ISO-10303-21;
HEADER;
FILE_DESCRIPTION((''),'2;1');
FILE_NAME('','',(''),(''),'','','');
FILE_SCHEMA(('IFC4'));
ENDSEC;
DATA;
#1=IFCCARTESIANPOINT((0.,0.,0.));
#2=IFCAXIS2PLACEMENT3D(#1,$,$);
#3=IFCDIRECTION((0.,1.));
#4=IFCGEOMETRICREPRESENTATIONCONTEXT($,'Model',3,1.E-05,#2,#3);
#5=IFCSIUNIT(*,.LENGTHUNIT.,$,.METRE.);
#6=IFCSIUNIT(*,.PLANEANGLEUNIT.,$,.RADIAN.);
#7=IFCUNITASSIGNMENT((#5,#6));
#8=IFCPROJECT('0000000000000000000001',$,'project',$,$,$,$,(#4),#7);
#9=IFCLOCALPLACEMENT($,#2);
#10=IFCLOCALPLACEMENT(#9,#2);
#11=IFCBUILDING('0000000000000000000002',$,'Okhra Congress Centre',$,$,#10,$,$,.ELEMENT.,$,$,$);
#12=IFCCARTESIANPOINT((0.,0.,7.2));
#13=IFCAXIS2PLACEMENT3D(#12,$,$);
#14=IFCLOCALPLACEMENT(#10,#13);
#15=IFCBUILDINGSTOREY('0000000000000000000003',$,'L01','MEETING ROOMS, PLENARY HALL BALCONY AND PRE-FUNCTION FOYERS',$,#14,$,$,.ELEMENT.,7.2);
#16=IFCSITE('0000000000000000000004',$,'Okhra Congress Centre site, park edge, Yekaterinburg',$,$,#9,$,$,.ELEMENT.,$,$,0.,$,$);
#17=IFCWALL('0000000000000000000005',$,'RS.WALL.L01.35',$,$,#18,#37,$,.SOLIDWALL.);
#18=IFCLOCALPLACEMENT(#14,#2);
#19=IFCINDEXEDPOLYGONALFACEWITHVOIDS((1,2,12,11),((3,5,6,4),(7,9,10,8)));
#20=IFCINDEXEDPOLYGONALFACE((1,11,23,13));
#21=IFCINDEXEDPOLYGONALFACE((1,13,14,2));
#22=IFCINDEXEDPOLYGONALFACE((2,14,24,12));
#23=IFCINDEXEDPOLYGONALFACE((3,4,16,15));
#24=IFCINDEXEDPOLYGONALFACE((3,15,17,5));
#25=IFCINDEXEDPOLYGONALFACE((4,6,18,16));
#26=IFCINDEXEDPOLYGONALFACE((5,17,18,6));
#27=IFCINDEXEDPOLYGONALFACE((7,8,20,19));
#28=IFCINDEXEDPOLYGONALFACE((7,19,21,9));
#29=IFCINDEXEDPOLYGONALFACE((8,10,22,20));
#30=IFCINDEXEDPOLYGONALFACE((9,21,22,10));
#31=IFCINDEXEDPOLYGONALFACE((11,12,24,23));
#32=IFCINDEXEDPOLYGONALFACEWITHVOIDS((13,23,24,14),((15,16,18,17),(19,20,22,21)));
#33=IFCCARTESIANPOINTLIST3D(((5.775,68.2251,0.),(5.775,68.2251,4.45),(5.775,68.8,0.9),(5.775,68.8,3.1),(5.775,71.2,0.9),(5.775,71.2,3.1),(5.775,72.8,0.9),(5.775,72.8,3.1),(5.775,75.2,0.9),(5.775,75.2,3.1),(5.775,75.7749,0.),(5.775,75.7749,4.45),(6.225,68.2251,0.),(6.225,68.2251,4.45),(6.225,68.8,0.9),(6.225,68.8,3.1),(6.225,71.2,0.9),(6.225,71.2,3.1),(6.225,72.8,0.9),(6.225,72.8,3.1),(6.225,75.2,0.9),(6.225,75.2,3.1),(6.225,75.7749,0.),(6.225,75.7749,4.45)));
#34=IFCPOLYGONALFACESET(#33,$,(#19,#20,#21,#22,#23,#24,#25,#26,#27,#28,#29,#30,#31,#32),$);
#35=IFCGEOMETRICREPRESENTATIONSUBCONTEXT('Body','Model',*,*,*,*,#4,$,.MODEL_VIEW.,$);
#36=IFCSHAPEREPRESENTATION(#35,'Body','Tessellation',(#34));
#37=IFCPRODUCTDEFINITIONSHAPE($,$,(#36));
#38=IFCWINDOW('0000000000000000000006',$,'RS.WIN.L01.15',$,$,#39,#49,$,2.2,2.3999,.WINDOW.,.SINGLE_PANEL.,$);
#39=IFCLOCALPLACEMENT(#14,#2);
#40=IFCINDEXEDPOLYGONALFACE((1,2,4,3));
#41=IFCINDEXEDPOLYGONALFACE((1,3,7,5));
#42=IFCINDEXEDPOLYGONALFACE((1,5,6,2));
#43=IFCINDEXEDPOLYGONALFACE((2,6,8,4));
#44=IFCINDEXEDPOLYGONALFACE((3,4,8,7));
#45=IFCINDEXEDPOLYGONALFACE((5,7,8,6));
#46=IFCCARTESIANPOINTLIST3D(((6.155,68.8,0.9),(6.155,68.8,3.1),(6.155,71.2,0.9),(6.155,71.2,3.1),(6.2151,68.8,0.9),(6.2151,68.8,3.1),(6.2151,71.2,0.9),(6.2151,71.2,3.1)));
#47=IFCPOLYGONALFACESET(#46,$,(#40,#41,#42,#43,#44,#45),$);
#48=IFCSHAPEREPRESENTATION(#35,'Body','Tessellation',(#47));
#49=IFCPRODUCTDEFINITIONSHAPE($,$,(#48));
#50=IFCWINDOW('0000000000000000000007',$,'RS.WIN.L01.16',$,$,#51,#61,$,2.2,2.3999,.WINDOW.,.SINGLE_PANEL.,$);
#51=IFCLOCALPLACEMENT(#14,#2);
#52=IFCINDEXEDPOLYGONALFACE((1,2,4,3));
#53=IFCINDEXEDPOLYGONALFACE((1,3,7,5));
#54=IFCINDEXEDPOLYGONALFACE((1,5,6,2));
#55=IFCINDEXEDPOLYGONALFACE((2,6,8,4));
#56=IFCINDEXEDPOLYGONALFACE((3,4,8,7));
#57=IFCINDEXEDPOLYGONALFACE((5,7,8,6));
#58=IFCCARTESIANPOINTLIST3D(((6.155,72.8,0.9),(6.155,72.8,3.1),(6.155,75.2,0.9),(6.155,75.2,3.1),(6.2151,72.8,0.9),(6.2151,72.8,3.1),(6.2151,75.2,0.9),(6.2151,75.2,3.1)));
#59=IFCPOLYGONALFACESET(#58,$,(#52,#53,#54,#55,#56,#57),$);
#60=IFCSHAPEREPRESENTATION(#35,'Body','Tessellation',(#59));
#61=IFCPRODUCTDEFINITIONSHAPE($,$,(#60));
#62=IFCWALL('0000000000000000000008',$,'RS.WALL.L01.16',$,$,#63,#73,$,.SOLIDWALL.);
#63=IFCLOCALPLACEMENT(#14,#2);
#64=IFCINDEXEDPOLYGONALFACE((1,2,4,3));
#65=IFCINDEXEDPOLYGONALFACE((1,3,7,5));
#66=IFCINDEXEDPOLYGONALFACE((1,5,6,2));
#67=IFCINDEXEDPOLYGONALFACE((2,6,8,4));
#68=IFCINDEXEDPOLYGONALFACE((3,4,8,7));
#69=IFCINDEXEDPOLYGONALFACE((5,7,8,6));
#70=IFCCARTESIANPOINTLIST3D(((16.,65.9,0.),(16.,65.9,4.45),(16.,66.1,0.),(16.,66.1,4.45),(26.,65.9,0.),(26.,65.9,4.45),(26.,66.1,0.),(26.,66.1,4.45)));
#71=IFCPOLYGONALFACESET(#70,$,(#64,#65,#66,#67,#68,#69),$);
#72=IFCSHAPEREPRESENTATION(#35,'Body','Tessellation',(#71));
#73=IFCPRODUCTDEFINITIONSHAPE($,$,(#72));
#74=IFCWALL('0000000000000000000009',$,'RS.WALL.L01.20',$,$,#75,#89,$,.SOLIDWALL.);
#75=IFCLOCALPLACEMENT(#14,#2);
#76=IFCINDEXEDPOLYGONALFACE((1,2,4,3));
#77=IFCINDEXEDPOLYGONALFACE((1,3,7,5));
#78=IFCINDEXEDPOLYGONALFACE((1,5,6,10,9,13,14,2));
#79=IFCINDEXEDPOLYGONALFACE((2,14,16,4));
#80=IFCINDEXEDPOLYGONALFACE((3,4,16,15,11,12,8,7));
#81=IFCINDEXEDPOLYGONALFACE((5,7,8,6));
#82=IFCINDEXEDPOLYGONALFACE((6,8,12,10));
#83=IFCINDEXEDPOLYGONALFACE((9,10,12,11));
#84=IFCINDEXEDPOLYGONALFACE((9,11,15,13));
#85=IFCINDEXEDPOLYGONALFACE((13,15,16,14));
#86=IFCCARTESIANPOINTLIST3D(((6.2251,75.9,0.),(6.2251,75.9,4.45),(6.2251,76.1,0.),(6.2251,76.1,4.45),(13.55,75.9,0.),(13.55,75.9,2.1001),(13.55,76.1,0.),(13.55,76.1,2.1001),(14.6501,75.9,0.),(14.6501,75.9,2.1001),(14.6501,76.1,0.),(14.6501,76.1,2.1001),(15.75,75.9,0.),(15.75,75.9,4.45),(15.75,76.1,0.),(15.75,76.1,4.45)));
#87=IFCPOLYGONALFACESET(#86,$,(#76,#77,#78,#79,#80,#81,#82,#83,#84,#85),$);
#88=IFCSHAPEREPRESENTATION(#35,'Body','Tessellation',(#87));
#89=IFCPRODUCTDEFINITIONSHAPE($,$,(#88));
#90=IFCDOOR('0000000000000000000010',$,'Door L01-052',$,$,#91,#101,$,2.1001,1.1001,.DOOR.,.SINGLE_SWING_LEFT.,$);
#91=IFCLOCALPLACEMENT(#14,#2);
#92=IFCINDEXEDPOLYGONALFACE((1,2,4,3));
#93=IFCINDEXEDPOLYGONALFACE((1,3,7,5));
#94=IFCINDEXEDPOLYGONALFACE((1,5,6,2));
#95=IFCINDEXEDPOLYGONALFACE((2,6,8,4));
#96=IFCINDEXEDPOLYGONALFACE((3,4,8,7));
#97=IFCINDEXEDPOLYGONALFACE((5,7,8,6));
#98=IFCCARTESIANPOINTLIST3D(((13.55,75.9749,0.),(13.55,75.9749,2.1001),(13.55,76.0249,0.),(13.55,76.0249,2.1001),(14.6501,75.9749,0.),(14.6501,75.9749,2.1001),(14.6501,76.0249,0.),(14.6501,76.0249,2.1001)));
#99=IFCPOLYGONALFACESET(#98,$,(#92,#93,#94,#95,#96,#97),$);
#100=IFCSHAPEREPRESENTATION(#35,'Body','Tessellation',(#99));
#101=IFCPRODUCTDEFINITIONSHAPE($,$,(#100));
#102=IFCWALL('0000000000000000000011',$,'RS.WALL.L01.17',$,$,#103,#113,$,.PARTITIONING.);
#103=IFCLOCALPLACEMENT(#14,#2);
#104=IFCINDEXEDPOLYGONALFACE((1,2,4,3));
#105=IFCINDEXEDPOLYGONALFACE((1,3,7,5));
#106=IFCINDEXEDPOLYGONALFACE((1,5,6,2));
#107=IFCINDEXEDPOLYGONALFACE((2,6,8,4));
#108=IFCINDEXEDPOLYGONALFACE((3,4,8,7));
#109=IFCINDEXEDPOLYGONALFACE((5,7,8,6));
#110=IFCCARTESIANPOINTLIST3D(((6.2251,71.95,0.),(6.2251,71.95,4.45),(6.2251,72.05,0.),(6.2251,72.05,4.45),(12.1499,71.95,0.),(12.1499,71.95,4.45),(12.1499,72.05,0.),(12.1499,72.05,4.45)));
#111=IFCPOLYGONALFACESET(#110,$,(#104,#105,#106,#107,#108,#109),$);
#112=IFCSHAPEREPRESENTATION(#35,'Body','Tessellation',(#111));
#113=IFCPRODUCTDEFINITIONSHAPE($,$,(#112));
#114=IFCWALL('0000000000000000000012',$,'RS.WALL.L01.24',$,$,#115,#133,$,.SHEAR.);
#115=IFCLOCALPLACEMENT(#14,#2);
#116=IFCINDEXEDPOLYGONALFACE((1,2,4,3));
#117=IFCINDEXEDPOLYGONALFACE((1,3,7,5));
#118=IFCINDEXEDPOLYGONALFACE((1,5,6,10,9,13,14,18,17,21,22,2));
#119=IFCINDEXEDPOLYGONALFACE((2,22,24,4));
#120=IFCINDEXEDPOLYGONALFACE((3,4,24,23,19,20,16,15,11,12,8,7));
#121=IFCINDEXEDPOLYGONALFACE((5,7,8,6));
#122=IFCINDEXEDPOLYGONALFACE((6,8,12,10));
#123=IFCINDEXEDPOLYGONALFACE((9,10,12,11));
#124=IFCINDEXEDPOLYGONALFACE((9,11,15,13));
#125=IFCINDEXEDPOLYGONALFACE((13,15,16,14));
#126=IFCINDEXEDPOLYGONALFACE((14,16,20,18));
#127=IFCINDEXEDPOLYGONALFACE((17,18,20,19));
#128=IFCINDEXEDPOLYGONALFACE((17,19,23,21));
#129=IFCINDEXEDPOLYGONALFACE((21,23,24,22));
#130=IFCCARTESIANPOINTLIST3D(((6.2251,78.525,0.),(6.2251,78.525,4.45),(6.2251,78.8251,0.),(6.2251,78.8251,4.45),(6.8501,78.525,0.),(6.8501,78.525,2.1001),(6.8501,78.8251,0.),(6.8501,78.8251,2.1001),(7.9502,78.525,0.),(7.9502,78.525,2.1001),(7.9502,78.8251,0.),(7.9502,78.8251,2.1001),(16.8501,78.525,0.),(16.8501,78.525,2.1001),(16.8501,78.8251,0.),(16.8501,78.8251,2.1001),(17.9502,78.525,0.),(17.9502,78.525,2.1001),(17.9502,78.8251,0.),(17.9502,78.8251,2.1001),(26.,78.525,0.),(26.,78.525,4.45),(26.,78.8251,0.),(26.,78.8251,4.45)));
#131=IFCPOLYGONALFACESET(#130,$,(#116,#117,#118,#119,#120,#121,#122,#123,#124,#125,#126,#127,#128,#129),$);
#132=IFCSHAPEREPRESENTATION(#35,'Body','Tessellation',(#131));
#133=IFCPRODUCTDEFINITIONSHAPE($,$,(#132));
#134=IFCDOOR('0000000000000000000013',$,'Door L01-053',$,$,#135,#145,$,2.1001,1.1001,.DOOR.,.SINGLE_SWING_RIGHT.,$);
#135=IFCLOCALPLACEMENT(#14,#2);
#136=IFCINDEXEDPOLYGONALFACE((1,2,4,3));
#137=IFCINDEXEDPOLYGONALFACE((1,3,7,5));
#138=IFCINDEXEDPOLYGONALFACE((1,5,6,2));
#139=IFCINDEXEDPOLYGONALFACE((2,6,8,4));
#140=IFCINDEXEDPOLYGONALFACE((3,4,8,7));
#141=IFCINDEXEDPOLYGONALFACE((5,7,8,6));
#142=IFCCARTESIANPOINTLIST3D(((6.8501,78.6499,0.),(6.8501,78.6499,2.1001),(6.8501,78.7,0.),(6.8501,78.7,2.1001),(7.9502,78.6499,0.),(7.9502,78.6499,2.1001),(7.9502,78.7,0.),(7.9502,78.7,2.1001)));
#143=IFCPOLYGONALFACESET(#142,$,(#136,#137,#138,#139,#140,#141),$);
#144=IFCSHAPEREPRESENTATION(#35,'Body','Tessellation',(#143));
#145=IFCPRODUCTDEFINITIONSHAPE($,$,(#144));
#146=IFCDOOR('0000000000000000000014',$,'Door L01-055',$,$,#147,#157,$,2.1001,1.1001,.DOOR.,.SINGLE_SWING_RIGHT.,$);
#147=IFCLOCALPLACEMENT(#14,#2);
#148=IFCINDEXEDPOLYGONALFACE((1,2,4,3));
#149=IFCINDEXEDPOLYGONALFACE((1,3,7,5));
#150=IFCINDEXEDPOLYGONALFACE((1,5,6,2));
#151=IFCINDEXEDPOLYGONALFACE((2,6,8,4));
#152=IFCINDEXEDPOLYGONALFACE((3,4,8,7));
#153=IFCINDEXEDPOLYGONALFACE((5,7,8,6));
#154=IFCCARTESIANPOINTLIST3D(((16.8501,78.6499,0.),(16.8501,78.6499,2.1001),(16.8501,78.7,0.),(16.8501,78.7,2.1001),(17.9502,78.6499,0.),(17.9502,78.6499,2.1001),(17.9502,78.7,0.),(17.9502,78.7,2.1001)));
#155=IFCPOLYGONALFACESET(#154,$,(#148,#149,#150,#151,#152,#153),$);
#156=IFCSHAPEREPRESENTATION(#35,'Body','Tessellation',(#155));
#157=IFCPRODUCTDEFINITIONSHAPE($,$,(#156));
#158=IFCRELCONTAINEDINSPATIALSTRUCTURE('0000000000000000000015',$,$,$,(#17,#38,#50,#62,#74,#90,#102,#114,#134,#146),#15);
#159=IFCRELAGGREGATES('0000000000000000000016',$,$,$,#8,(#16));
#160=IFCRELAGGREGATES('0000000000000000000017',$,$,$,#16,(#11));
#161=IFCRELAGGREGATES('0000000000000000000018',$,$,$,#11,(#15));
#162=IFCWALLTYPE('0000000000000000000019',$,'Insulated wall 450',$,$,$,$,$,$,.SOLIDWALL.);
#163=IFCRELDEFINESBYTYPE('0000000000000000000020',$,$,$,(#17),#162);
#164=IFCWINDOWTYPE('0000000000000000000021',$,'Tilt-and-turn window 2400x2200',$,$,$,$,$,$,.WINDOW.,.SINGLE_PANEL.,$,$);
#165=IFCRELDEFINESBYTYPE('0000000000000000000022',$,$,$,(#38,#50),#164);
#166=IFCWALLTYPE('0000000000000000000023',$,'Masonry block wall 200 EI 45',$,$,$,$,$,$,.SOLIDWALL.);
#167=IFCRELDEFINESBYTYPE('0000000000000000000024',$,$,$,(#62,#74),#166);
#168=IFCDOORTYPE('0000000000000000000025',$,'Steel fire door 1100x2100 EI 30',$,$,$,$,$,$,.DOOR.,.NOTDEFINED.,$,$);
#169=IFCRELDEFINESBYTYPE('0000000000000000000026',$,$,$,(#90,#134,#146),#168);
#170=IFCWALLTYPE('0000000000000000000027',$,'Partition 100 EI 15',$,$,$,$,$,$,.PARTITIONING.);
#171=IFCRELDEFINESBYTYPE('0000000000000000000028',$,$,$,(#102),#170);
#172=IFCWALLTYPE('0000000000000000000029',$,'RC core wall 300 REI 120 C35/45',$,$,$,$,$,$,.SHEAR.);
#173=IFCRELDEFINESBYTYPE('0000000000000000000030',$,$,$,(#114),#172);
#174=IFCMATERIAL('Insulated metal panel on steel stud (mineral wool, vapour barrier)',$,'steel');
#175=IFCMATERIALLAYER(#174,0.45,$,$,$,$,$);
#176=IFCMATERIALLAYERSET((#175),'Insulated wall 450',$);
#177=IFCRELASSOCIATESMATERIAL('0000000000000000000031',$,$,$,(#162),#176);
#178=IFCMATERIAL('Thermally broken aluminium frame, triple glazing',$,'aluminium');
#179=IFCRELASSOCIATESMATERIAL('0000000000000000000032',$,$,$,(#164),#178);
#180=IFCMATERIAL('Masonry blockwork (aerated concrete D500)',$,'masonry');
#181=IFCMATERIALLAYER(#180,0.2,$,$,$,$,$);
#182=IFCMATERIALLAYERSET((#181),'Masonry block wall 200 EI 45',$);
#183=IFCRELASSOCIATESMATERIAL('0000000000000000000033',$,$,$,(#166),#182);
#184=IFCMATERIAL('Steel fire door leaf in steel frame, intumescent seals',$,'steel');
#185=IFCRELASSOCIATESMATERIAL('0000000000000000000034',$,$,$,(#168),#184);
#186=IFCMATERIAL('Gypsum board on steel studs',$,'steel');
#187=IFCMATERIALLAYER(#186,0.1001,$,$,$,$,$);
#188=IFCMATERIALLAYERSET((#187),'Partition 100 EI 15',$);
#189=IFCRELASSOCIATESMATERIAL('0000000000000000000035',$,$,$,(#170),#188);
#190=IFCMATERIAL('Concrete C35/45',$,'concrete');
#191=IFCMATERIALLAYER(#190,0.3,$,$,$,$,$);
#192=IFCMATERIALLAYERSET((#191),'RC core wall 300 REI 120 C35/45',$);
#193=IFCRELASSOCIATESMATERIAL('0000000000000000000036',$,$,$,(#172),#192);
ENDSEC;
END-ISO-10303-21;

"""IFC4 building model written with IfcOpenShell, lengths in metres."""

from ifc_helpers import new_model, si_unit, direction, frame, frame_2d, origin, place, context, subcontext, project, spatial, rectangle, extrude, material, layer, layer_set, type_object, element, fill, save


model = new_model("IFC4")

# Units and contexts
model_context = context("Model", 3, precision=1e-05, world=origin(), true_north=direction((0.0, 1.0)))
body_context = subcontext(model_context, "Body", "Model", "MODEL_VIEW")
ifc_project = project(units=[si_unit("LENGTHUNIT", "METRE"), si_unit("PLANEANGLEUNIT", "RADIAN")], contexts=[model_context])

# Site, building, storey
site_placement = place(None, origin())
site = spatial("IfcSite", under=ifc_project, at=site_placement, Name="Okhra Congress Centre site, park edge, Yekaterinburg", CompositionType="ELEMENT", RefElevation=0.0)
building_placement = place(site_placement, origin())
building = spatial("IfcBuilding", under=site, at=building_placement, Name="Okhra Congress Centre", CompositionType="ELEMENT")
storey_placement = place(building_placement, frame((0.0, 0.0, 7.2)))
storey = spatial("IfcBuildingStorey", under=building, at=storey_placement, Name="L01", Description="MEETING ROOMS, PLENARY HALL BALCONY AND PRE-FUNCTION FOYERS", CompositionType="ELEMENT", Elevation=7.2)

# Shared definitions
ifc_material_1 = material(Name="Concrete C35/45", Category="concrete")

# Shared definitions
ifc_material_2 = material(Name="Insulated metal panel on steel stud (mineral wool, vapour barrier)", Category="steel")
ifc_layer_1 = layer(ifc_material_2, 0.45)
ifc_layer_set_1 = layer_set([ifc_layer_1], Name="Insulated wall 450")
wall_type_1 = type_object("IfcWallType", Name="Insulated wall 450", PredefinedType="SOLIDWALL", material=ifc_layer_set_1)
ifc_material_3 = material(Name="Thermally broken aluminium frame, triple glazing", Category="aluminium")
window_type = type_object("IfcWindowType", Name="Tilt-and-turn window 2400x2200", PartitioningType="SINGLE_PANEL", PredefinedType="WINDOW", material=ifc_material_3)

# Wall, openings, windows
wall_1_placement = place(storey_placement, frame((6.0, 75.7749, 0.0), z_axis=(0.0, 0.0, 1.0), x_axis=(0.0, -1.0, 0.0)))
wall_1 = element("IfcWall", 1, at=wall_1_placement, inside=storey, type_object=wall_type_1, Name="RS.WALL.L01.35", PredefinedType="SOLIDWALL", context=body_context, shape_type="SweptSolid", body=[
    extrude(rectangle(XDim=7.5498, YDim=0.45, at=frame_2d((3.7749, 0.0))), origin(), (0.0, 0.0, 1.0), 4.45),
])
opening_1_placement = place(wall_1_placement, frame((4.575, 0.0, 0.8999)))
opening_1 = element("IfcOpeningElement", 2, at=opening_1_placement, cuts=wall_1, PredefinedType="OPENING", context=body_context, shape_type="SweptSolid", body=[
    extrude(rectangle(XDim=2.3999, YDim=2.2, at=frame_2d((1.2, 1.1001))), frame((0.0, 0.2349, 0.0), z_axis=(0.0, -1.0, 0.0), x_axis=(1.0, 0.0, 0.0)), (0.0, 0.0, 1.0), 0.47),
])
opening_2_placement = place(wall_1_placement, frame((0.575, 0.0, 0.8999)))
opening_2 = element("IfcOpeningElement", 3, at=opening_2_placement, cuts=wall_1, PredefinedType="OPENING", context=body_context, shape_type="SweptSolid", body=[
    extrude(rectangle(XDim=2.3999, YDim=2.2, at=frame_2d((1.2, 1.1001))), frame((0.0, 0.2349, 0.0), z_axis=(0.0, -1.0, 0.0), x_axis=(1.0, 0.0, 0.0)), (0.0, 0.0, 1.0), 0.47),
])
window_1_placement = place(opening_1_placement, origin())
window_1 = element("IfcWindow", 4, at=window_1_placement, inside=storey, type_object=window_type, Name="RS.WIN.L01.15", OverallHeight=2.2, OverallWidth=2.3999, PartitioningType="SINGLE_PANEL", PredefinedType="WINDOW", context=body_context, shape_type="SweptSolid", body=[
    extrude(rectangle(XDim=2.3999, YDim=2.2, at=frame_2d((1.2, 1.1001))), frame((0.0, 0.2151, 0.0), z_axis=(0.0, -1.0, 0.0), x_axis=(1.0, 0.0, 0.0)), (0.0, 0.0, 1.0), 0.0601),
])
fill(opening_1, window_1)
window_2_placement = place(opening_2_placement, origin())
window_2 = element("IfcWindow", 5, at=window_2_placement, inside=storey, type_object=window_type, Name="RS.WIN.L01.16", OverallHeight=2.2, OverallWidth=2.3999, PartitioningType="SINGLE_PANEL", PredefinedType="WINDOW", context=body_context, shape_type="SweptSolid", body=[
    extrude(rectangle(XDim=2.3999, YDim=2.2, at=frame_2d((1.2, 1.1001))), frame((0.0, 0.2151, 0.0), z_axis=(0.0, -1.0, 0.0), x_axis=(1.0, 0.0, 0.0)), (0.0, 0.0, 1.0), 0.0601),
])
fill(opening_2, window_2)

# Wall
ifc_material_4 = material(Name="Masonry blockwork (aerated concrete D500)", Category="masonry")
ifc_layer_2 = layer(ifc_material_4, 0.2)
ifc_layer_set_2 = layer_set([ifc_layer_2], Name="Masonry block wall 200 EI 45")
wall_type_2 = type_object("IfcWallType", Name="Masonry block wall 200 EI 45", PredefinedType="SOLIDWALL", material=ifc_layer_set_2)
wall_2_placement = place(storey_placement, frame((16.0, 66.0, 0.0), z_axis=(0.0, 0.0, 1.0), x_axis=(1.0, 0.0, 0.0)))
element("IfcWall", 6, at=wall_2_placement, inside=storey, type_object=wall_type_2, Name="RS.WALL.L01.16", PredefinedType="SOLIDWALL", context=body_context, shape_type="SweptSolid", body=[
    extrude(rectangle(XDim=10.0, YDim=0.2, at=frame_2d((5.0, 0.0))), origin(), (0.0, 0.0, 1.0), 4.45),
])

# Wall, opening, door
wall_3_placement = place(storey_placement, frame((6.2251, 76.0, 0.0), z_axis=(0.0, 0.0, 1.0), x_axis=(1.0, 0.0, 0.0)))
wall_3 = element("IfcWall", 7, at=wall_3_placement, inside=storey, type_object=wall_type_2, Name="RS.WALL.L01.20", PredefinedType="SOLIDWALL", context=body_context, shape_type="SweptSolid", body=[
    extrude(rectangle(XDim=9.5249, YDim=0.2, at=frame_2d((4.7625, 0.0))), origin(), (0.0, 0.0, 1.0), 4.45),
])
opening_3_placement = place(wall_3_placement, frame((7.325, 0.0, 0.0)))
opening_3 = element("IfcOpeningElement", 8, at=opening_3_placement, cuts=wall_3, PredefinedType="OPENING", context=body_context, shape_type="SweptSolid", body=[
    extrude(rectangle(XDim=1.1001, YDim=2.1001, at=frame_2d((0.55, 1.05))), frame((0.0, 0.1099, 0.0), z_axis=(0.0, -1.0, 0.0), x_axis=(1.0, 0.0, 0.0)), (0.0, 0.0, 1.0), 0.22),
])
ifc_material_5 = material(Name="Steel fire door leaf in steel frame, intumescent seals", Category="steel")
door_type = type_object("IfcDoorType", Name="Steel fire door 1100x2100 EI 30", OperationType="NOTDEFINED", PredefinedType="DOOR", material=ifc_material_5)
door_1_placement = place(opening_3_placement, origin())
door_1 = element("IfcDoor", 9, at=door_1_placement, inside=storey, type_object=door_type, Name="Door L01-052", OperationType="SINGLE_SWING_LEFT", OverallHeight=2.1001, OverallWidth=1.1001, PredefinedType="DOOR", context=body_context, shape_type="SweptSolid", body=[
    extrude(rectangle(XDim=1.1001, YDim=2.1001, at=frame_2d((0.55, 1.05))), frame((0.0, 0.0249, 0.0), z_axis=(0.0, -1.0, 0.0), x_axis=(1.0, 0.0, 0.0)), (0.0, 0.0, 1.0), 0.05),
])
fill(opening_3, door_1)

# Wall
ifc_material_6 = material(Name="Gypsum board on steel studs", Category="steel")
ifc_layer_3 = layer(ifc_material_6, 0.1001)
ifc_layer_set_3 = layer_set([ifc_layer_3], Name="Partition 100 EI 15")
wall_type_3 = type_object("IfcWallType", Name="Partition 100 EI 15", PredefinedType="PARTITIONING", material=ifc_layer_set_3)
wall_4_placement = place(storey_placement, frame((6.2251, 72.0, 0.0), z_axis=(0.0, 0.0, 1.0), x_axis=(1.0, 0.0, 0.0)))
element("IfcWall", 10, at=wall_4_placement, inside=storey, type_object=wall_type_3, Name="RS.WALL.L01.17", PredefinedType="PARTITIONING", context=body_context, shape_type="SweptSolid", body=[
    extrude(rectangle(XDim=5.9248, YDim=0.1001, at=frame_2d((2.9624, 0.0))), origin(), (0.0, 0.0, 1.0), 4.45),
])

# Wall, openings, doors
ifc_layer_4 = layer(ifc_material_1, 0.3)
ifc_layer_set_4 = layer_set([ifc_layer_4], Name="RC core wall 300 REI 120 C35/45")
wall_type_4 = type_object("IfcWallType", Name="RC core wall 300 REI 120 C35/45", PredefinedType="SHEAR", material=ifc_layer_set_4)
wall_5_placement = place(storey_placement, frame((6.2251, 78.675, 0.0), z_axis=(0.0, 0.0, 1.0), x_axis=(1.0, 0.0, 0.0)))
wall_5 = element("IfcWall", 11, at=wall_5_placement, inside=storey, type_object=wall_type_4, Name="RS.WALL.L01.24", PredefinedType="SHEAR", context=body_context, shape_type="SweptSolid", body=[
    extrude(rectangle(XDim=19.7749, YDim=0.3, at=frame_2d((9.8875, 0.0))), origin(), (0.0, 0.0, 1.0), 4.45),
])
opening_4_placement = place(wall_5_placement, frame((0.625, 0.0, 0.0)))
opening_4 = element("IfcOpeningElement", 12, at=opening_4_placement, cuts=wall_5, PredefinedType="OPENING", context=body_context, shape_type="SweptSolid", body=[
    extrude(rectangle(XDim=1.1001, YDim=2.1001, at=frame_2d((0.55, 1.05))), frame((0.0, 0.1599, 0.0), z_axis=(0.0, -1.0, 0.0), x_axis=(1.0, 0.0, 0.0)), (0.0, 0.0, 1.0), 0.3201),
])
opening_5_placement = place(wall_5_placement, frame((10.625, 0.0, 0.0)))
opening_5 = element("IfcOpeningElement", 13, at=opening_5_placement, cuts=wall_5, PredefinedType="OPENING", context=body_context, shape_type="SweptSolid", body=[
    extrude(rectangle(XDim=1.1001, YDim=2.1001, at=frame_2d((0.55, 1.05))), frame((0.0, 0.1599, 0.0), z_axis=(0.0, -1.0, 0.0), x_axis=(1.0, 0.0, 0.0)), (0.0, 0.0, 1.0), 0.3201),
])
door_2_placement = place(opening_4_placement, origin())
door_2 = element("IfcDoor", 14, at=door_2_placement, inside=storey, type_object=door_type, Name="Door L01-053", OperationType="SINGLE_SWING_RIGHT", OverallHeight=2.1001, OverallWidth=1.1001, PredefinedType="DOOR", context=body_context, shape_type="SweptSolid", body=[
    extrude(rectangle(XDim=1.1001, YDim=2.1001, at=frame_2d((0.55, 1.05))), frame((0.0, 0.0249, 0.0), z_axis=(0.0, -1.0, 0.0), x_axis=(1.0, 0.0, 0.0)), (0.0, 0.0, 1.0), 0.05),
])
fill(opening_4, door_2)
door_3_placement = place(opening_5_placement, origin())
door_3 = element("IfcDoor", 15, at=door_3_placement, inside=storey, type_object=door_type, Name="Door L01-055", OperationType="SINGLE_SWING_RIGHT", OverallHeight=2.1001, OverallWidth=1.1001, PredefinedType="DOOR", context=body_context, shape_type="SweptSolid", body=[
    extrude(rectangle(XDim=1.1001, YDim=2.1001, at=frame_2d((0.55, 1.05))), frame((0.0, 0.0249, 0.0), z_axis=(0.0, -1.0, 0.0), x_axis=(1.0, 0.0, 0.0)), (0.0, 0.0, 1.0), 0.05),
])
fill(opening_5, door_3)

save(model, "model.ifc")
